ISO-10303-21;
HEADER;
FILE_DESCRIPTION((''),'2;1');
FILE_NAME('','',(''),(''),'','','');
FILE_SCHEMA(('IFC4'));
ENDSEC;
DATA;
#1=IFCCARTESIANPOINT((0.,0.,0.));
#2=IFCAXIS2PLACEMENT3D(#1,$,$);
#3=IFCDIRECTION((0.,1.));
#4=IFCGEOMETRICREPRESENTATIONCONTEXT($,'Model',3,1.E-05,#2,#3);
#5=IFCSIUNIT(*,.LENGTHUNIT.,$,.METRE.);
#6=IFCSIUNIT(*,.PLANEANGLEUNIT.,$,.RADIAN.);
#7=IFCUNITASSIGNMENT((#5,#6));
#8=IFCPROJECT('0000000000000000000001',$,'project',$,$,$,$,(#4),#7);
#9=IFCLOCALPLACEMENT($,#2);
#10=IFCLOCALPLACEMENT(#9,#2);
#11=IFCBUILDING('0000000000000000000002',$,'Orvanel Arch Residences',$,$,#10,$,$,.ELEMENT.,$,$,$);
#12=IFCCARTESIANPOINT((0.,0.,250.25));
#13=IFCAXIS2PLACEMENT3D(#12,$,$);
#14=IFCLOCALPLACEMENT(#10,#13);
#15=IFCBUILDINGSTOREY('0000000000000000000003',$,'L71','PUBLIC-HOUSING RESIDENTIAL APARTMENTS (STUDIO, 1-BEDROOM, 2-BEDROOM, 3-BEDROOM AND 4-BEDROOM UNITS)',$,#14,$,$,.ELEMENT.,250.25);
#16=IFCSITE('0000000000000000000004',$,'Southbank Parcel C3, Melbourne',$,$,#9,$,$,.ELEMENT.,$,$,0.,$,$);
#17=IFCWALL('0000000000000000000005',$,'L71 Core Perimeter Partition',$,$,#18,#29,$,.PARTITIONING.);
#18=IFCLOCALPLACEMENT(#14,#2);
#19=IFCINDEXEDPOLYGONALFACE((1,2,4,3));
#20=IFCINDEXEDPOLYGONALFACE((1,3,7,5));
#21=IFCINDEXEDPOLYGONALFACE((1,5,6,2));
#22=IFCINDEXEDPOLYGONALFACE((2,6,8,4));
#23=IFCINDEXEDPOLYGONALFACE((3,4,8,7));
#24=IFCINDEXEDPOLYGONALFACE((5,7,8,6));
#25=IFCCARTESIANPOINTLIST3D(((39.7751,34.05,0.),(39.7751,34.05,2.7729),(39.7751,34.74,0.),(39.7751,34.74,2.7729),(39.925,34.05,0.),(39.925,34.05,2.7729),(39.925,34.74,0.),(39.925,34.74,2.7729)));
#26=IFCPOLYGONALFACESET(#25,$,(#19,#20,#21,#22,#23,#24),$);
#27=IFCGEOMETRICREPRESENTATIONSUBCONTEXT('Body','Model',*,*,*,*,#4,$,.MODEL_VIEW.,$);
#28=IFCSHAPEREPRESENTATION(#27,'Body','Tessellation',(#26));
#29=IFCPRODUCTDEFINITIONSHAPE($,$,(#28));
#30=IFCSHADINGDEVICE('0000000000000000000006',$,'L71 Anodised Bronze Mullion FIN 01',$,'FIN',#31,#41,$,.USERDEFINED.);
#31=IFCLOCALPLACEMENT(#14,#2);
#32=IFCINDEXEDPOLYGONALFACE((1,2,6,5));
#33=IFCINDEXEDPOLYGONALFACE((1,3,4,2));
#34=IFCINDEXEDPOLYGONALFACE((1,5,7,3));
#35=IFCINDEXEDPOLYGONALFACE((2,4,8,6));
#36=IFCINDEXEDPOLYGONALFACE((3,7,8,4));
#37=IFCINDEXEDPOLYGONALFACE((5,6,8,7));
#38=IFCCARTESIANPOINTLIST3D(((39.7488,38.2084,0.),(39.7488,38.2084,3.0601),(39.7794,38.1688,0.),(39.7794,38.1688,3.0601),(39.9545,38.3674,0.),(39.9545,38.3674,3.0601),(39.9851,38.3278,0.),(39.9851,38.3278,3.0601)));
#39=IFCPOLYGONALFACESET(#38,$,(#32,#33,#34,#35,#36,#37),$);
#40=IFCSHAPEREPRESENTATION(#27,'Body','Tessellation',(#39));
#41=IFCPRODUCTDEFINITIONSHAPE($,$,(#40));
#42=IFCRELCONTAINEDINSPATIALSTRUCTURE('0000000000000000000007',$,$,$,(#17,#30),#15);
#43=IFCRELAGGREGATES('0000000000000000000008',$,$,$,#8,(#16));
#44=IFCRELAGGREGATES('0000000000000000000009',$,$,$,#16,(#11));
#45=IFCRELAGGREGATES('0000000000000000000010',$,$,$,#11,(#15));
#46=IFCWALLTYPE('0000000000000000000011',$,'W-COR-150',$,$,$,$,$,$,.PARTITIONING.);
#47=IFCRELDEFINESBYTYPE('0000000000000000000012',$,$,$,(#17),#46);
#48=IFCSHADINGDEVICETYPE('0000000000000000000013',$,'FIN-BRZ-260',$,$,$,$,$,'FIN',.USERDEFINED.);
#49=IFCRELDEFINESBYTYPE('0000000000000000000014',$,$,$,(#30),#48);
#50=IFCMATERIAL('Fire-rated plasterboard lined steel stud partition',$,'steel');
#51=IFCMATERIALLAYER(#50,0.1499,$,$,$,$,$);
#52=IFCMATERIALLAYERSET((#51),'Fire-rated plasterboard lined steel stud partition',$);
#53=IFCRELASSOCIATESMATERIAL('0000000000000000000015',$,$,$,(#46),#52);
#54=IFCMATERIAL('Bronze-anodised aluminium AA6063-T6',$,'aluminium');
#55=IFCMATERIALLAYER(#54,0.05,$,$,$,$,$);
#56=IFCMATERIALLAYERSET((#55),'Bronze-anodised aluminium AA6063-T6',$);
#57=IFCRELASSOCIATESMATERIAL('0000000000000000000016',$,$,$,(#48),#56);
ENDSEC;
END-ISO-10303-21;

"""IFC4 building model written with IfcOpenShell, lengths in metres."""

from ifc_helpers import new_model, si_unit, direction, frame, frame_2d, origin, origin_2d, place, context, subcontext, project, spatial, rectangle, extrude, material, layer, layer_set, type_object, element, save


model = new_model("IFC4")

# Units and contexts
model_context = context("Model", 3, precision=1e-05, world=origin(), true_north=direction((0.0, 1.0)))
body_context = subcontext(model_context, "Body", "Model", "MODEL_VIEW")
ifc_project = project(units=[si_unit("LENGTHUNIT", "METRE"), si_unit("PLANEANGLEUNIT", "RADIAN")], contexts=[model_context])

# Site, building, storey
site_placement = place(None, origin())
site = spatial("IfcSite", under=ifc_project, at=site_placement, Name="Southbank Parcel C3, Melbourne", CompositionType="ELEMENT", RefElevation=0.0)
building_placement = place(site_placement, origin())
building = spatial("IfcBuilding", under=site, at=building_placement, Name="Orvanel Arch Residences", CompositionType="ELEMENT")
storey_placement = place(building_placement, frame((0.0, 0.0, 250.25)))
storey = spatial("IfcBuildingStorey", under=building, at=storey_placement, Name="L71", Description="PUBLIC-HOUSING RESIDENTIAL APARTMENTS (STUDIO, 1-BEDROOM, 2-BEDROOM, 3-BEDROOM AND 4-BEDROOM UNITS)", CompositionType="ELEMENT", Elevation=250.25)

# Shared definitions
ifc_material_1 = material(Name="Bronze-anodised aluminium AA6063-T6", Category="aluminium")

# Wall
ifc_material_2 = material(Name="Fire-rated plasterboard lined steel stud partition", Category="steel")
ifc_layer_1 = layer(ifc_material_2, 0.1499)
ifc_layer_set_1 = layer_set([ifc_layer_1], Name="Fire-rated plasterboard lined steel stud partition")
wall_type_1 = type_object("IfcWallType", Name="W-COR-150", PredefinedType="PARTITIONING", material=ifc_layer_set_1)
wall_1_placement = place(storey_placement, frame((39.8501, 34.74, 0.0), z_axis=(0.0, 0.0, 1.0), x_axis=(0.0, -1.0, 0.0)))
element("IfcWall", 1, at=wall_1_placement, inside=storey, type_object=wall_type_1, Name="L71 Core Perimeter Partition", PredefinedType="PARTITIONING", context=body_context, shape_type="SweptSolid", body=[
    extrude(rectangle(XDim=0.6899, YDim=0.1499, at=frame_2d((0.345, 0.0))), origin(), (0.0, 0.0, 1.0), 2.7729),
])

# Shading device
ifc_layer_2 = layer(ifc_material_1, 0.05)
ifc_layer_set_2 = layer_set([ifc_layer_2], Name="Bronze-anodised aluminium AA6063-T6")
shading_device_type = type_object("IfcShadingDeviceType", Name="FIN-BRZ-260", ElementType="FIN", PredefinedType="USERDEFINED", material=ifc_layer_set_2)
shading_device_placement = place(storey_placement, frame((39.8669, 38.2681, 0.0), z_axis=(0.0, 0.0, 1.0), x_axis=(0.791224, 0.611527, 0.0)))
element("IfcShadingDevice", 2, at=shading_device_placement, inside=storey, type_object=shading_device_type, Name="L71 Anodised Bronze Mullion FIN 01", ObjectType="FIN", PredefinedType="USERDEFINED", context=body_context, shape_type="SweptSolid", body=[
    extrude(rectangle(XDim=0.26, YDim=0.05, at=origin_2d()), origin(), (0.0, 0.0, 1.0), 3.0601),
])

save(model, "model.ifc")
